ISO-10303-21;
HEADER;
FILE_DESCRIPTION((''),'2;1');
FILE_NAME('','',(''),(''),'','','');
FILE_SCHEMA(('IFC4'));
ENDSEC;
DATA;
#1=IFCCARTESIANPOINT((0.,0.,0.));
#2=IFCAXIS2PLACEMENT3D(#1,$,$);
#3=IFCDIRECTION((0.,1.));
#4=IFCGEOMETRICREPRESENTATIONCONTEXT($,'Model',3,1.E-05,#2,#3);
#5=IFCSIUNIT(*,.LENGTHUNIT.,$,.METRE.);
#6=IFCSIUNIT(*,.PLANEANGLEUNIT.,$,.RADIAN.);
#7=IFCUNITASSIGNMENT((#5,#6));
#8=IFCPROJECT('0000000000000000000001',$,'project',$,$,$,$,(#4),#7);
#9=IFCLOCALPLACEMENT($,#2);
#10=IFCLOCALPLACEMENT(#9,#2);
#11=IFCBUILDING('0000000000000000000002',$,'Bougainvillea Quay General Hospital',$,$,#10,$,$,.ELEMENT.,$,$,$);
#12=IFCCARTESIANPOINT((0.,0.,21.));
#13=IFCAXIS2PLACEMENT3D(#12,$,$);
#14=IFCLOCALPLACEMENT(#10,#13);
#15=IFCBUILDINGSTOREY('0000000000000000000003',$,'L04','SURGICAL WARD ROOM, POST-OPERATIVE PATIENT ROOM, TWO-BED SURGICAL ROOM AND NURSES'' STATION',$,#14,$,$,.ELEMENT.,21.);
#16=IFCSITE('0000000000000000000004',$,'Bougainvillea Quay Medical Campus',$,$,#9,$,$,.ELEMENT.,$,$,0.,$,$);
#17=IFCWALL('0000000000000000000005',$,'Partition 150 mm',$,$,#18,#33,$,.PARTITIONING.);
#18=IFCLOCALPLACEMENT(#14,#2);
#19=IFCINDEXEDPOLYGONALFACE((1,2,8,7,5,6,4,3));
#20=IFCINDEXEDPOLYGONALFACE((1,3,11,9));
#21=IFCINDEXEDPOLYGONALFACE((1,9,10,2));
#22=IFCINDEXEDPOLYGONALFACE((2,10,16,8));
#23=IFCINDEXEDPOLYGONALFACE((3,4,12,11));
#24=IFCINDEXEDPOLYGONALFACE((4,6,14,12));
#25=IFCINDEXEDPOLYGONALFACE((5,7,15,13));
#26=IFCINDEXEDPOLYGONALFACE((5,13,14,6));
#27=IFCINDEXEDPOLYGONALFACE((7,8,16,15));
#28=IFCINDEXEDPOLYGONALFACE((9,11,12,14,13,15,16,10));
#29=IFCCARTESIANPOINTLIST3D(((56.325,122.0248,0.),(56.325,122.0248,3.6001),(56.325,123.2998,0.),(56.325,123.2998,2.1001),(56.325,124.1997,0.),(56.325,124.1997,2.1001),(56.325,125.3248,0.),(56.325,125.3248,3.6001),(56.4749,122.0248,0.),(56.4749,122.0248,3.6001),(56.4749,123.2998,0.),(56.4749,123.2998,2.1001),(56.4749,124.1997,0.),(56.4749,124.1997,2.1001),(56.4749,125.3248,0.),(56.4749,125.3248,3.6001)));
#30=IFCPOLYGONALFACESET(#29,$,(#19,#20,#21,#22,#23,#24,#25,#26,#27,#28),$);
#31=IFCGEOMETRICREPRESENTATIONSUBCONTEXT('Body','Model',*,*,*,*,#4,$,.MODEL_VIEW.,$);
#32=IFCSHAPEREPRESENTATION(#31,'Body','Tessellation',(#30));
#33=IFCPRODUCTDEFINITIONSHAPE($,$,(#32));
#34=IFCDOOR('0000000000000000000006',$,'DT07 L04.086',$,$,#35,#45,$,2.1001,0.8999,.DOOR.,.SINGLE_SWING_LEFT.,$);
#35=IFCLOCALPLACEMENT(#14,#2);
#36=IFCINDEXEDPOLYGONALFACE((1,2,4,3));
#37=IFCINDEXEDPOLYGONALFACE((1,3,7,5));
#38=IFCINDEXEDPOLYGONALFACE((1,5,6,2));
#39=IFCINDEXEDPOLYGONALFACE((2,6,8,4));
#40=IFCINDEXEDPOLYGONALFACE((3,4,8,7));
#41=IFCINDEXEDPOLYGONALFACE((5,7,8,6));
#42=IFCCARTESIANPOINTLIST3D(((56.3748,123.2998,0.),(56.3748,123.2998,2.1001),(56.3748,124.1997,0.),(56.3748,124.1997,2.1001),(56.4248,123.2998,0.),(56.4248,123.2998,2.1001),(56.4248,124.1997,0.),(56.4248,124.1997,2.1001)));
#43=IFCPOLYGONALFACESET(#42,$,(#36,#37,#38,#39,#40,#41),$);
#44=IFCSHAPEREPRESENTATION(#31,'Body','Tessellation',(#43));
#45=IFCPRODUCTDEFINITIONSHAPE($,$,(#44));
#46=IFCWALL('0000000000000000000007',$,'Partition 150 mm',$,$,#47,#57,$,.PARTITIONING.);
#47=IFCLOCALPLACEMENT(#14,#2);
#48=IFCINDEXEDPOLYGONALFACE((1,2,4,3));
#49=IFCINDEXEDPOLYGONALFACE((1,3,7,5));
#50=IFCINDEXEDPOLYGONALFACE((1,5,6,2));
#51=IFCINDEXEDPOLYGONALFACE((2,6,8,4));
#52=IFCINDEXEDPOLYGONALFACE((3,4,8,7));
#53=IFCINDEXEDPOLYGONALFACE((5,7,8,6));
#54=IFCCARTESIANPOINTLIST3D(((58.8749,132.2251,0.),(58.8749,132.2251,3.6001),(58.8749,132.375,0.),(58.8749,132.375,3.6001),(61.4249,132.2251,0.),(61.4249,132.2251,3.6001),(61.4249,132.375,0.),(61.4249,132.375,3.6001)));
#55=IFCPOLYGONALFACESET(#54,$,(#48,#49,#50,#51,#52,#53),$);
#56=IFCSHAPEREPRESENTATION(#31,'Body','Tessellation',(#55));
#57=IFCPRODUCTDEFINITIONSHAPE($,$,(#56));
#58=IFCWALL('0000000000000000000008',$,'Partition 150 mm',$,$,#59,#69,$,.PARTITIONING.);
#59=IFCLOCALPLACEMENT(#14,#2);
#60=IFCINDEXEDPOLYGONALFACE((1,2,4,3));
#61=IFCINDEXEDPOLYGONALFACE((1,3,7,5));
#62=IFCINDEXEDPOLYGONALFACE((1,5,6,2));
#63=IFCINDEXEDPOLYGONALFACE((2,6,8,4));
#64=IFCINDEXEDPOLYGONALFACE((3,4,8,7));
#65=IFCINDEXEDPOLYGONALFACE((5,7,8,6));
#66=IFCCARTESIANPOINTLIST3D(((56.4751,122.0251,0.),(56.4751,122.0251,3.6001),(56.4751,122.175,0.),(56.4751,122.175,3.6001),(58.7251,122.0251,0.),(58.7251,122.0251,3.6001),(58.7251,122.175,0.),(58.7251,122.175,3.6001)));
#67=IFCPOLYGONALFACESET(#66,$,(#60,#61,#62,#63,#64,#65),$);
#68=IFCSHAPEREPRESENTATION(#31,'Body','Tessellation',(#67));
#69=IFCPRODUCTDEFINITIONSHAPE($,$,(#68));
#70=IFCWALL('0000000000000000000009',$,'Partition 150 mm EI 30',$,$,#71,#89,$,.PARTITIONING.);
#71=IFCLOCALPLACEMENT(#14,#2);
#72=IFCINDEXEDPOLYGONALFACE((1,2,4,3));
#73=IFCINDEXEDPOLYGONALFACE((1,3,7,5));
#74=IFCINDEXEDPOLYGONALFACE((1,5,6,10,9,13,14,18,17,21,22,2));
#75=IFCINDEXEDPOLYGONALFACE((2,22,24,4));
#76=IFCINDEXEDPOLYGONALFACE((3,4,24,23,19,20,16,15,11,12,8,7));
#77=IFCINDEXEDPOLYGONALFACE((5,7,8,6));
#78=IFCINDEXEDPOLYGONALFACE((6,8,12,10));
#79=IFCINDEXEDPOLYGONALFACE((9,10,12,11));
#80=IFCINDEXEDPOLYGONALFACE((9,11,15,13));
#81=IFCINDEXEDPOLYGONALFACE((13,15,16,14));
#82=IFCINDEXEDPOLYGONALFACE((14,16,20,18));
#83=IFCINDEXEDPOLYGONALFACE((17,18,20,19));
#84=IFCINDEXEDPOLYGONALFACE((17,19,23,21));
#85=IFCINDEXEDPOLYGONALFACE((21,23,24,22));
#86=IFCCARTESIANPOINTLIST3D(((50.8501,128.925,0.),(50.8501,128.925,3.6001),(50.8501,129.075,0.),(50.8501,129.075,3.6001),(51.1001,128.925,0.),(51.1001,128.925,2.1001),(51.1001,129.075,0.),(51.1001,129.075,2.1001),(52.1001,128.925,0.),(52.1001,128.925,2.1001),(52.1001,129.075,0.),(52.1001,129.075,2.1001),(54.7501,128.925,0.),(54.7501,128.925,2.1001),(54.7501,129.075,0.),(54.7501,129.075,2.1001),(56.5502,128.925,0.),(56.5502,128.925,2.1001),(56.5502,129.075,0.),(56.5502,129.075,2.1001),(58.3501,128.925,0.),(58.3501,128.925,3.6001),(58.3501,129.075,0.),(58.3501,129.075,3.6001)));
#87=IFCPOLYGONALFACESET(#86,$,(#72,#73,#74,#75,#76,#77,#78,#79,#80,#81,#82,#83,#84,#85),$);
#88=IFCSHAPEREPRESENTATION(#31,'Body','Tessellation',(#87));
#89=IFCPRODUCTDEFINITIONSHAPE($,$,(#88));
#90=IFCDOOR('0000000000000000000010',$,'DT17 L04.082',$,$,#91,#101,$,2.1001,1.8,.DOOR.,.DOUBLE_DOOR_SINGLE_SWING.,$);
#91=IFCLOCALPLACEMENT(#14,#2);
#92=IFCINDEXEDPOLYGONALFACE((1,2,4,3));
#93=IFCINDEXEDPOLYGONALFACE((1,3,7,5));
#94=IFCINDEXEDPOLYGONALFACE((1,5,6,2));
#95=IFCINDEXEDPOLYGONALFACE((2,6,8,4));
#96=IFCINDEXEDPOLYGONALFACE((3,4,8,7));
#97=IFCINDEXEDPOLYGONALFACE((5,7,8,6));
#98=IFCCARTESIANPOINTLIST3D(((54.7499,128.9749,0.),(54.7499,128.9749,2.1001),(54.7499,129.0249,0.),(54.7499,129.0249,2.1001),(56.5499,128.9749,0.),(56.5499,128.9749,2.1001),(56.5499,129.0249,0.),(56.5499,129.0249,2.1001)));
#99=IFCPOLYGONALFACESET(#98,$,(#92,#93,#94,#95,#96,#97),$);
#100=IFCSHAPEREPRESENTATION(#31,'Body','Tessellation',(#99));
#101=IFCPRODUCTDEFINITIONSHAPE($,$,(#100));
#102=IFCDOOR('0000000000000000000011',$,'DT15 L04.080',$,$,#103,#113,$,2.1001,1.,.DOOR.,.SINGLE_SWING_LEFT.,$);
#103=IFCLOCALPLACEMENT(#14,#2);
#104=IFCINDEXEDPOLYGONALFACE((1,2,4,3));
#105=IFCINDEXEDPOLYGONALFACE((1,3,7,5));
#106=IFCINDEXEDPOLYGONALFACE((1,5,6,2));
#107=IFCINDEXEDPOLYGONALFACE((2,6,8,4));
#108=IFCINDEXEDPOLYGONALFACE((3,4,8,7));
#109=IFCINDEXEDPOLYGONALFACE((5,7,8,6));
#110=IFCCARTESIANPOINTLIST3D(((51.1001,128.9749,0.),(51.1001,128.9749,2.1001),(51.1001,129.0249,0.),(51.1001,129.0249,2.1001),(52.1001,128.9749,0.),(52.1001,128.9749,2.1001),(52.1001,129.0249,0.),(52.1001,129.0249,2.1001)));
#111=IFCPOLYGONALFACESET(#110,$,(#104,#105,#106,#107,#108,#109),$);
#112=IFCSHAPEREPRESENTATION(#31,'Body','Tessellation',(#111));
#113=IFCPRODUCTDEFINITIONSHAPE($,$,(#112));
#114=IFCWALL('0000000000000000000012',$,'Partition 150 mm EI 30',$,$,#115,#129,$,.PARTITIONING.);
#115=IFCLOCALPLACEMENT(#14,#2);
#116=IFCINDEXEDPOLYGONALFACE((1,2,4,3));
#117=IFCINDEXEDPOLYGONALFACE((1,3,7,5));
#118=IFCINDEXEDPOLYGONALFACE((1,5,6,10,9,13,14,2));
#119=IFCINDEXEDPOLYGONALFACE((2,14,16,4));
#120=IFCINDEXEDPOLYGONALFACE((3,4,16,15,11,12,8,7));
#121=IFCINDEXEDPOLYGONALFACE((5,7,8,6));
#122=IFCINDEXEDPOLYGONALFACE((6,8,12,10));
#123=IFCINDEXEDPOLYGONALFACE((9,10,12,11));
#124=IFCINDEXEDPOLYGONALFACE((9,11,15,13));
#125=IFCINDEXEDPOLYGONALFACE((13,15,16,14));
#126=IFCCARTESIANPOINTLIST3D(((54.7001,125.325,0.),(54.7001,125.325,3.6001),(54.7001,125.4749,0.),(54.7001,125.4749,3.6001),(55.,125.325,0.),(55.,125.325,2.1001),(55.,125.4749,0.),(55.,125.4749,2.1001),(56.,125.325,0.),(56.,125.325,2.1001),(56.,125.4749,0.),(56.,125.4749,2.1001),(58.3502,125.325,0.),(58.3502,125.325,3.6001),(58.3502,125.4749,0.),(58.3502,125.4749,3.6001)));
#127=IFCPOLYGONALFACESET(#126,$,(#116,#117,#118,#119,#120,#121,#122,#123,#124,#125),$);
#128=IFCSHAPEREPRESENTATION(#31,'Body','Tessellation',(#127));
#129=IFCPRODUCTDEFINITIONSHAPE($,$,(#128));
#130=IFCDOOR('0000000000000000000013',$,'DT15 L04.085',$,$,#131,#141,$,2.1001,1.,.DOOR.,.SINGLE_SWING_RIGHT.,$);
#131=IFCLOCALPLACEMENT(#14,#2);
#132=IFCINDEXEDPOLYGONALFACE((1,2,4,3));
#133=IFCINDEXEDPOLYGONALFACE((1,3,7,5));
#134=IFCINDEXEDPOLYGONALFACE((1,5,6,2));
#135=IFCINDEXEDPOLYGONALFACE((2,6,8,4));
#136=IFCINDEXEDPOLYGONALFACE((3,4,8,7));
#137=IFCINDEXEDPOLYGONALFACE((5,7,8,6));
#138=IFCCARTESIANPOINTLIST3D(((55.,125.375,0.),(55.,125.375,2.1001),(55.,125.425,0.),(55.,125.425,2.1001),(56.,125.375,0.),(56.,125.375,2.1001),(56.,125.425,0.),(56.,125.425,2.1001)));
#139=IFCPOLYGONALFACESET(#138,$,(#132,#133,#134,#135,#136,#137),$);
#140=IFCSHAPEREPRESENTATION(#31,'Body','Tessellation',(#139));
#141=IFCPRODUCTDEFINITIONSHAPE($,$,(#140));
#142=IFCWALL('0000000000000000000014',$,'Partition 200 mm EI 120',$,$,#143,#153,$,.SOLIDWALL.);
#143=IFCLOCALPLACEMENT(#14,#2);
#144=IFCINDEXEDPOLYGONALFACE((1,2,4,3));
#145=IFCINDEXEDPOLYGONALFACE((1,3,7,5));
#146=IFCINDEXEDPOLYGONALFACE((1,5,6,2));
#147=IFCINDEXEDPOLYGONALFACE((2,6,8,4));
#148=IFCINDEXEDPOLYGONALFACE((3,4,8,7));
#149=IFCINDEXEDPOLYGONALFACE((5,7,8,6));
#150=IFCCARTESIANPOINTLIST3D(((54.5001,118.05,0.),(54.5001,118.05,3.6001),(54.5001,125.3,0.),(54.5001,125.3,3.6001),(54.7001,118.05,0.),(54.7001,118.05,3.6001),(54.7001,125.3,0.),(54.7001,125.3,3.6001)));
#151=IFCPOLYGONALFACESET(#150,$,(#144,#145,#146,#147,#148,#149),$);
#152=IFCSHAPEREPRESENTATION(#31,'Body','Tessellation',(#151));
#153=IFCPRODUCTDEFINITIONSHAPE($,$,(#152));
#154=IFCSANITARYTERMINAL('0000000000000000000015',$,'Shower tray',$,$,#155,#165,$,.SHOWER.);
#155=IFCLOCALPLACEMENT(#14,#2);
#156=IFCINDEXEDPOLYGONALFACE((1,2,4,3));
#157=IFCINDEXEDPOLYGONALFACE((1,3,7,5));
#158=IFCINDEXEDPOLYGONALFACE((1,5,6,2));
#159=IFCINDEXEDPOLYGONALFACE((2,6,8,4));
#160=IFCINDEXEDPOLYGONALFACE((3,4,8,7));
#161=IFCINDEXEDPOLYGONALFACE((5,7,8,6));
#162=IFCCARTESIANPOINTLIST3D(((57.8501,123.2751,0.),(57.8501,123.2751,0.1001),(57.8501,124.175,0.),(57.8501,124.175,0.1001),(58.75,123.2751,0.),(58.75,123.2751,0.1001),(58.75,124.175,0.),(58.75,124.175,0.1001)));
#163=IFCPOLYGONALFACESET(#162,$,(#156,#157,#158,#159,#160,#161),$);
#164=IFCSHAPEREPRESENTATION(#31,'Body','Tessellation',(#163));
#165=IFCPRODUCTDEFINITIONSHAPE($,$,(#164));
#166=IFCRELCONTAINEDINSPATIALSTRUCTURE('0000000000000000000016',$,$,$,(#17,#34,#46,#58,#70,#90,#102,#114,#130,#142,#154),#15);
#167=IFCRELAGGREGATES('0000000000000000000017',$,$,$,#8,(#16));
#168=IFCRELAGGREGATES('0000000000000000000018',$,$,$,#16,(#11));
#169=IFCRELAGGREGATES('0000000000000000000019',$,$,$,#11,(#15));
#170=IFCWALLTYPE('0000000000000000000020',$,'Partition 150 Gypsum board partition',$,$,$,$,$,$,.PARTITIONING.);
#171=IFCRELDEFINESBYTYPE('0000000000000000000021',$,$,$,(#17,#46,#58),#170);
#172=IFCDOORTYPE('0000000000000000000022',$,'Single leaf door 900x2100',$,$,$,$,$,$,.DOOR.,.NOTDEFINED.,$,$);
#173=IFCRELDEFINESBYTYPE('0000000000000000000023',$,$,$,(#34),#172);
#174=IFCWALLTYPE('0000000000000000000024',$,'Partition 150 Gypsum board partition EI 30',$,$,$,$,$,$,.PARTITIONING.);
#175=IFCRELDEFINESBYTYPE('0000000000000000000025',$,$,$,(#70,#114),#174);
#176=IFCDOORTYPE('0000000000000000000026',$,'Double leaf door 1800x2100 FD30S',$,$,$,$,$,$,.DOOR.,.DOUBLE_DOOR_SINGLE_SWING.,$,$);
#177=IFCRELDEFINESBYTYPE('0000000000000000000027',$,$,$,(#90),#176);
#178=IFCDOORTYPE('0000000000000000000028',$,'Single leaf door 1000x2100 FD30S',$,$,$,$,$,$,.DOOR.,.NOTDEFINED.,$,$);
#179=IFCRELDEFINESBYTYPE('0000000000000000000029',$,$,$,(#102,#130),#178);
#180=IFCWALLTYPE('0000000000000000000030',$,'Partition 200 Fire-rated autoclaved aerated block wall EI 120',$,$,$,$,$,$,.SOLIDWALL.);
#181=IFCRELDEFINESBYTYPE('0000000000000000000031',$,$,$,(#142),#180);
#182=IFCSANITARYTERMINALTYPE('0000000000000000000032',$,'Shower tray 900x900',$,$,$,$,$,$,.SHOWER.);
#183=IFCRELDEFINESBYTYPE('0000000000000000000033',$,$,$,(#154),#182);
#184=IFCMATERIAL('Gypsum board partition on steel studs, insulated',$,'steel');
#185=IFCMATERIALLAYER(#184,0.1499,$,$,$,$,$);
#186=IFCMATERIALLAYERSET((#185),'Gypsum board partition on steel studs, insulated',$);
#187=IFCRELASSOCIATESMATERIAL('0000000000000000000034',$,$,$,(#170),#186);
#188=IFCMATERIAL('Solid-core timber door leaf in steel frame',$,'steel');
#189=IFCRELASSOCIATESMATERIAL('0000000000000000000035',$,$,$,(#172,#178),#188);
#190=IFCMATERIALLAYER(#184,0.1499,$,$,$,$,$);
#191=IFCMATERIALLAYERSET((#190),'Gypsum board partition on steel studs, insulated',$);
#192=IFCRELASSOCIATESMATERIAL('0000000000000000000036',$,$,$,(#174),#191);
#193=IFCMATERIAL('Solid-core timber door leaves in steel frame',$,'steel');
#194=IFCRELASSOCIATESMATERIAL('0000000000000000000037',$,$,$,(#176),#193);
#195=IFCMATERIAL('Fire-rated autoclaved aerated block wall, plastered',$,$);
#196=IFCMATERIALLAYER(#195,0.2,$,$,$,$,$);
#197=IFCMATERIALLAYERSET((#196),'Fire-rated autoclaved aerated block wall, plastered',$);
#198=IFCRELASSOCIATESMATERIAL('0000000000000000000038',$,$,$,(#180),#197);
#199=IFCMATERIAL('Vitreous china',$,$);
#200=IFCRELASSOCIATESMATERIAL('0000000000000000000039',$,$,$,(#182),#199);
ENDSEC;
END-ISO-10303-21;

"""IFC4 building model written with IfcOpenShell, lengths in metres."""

from ifc_helpers import new_model, si_unit, direction, frame, frame_2d, origin, origin_2d, place, context, subcontext, project, spatial, rectangle, extrude, material, layer, layer_set, type_object, element, fill, save


model = new_model("IFC4")

# Units and contexts
model_context = context("Model", 3, precision=1e-05, world=origin(), true_north=direction((0.0, 1.0)))
body_context = subcontext(model_context, "Body", "Model", "MODEL_VIEW")
ifc_project = project(units=[si_unit("LENGTHUNIT", "METRE"), si_unit("PLANEANGLEUNIT", "RADIAN")], contexts=[model_context])

# Site, building, storey
site_placement = place(None, origin())
site = spatial("IfcSite", under=ifc_project, at=site_placement, Name="Bougainvillea Quay Medical Campus", CompositionType="ELEMENT", RefElevation=0.0)
building_placement = place(site_placement, origin())
building = spatial("IfcBuilding", under=site, at=building_placement, Name="Bougainvillea Quay General Hospital", CompositionType="ELEMENT")
storey_placement = place(building_placement, frame((0.0, 0.0, 21.0)))
storey = spatial("IfcBuildingStorey", under=building, at=storey_placement, Name="L04", Description="SURGICAL WARD ROOM, POST-OPERATIVE PATIENT ROOM, TWO-BED SURGICAL ROOM AND NURSES' STATION", CompositionType="ELEMENT", Elevation=21.0)

# Shared definitions
ifc_material_1 = material(Name="Gypsum board partition on steel studs, insulated", Category="steel")
ifc_layer_1 = layer(ifc_material_1, 0.1499)
ifc_layer_set_1 = layer_set([ifc_layer_1], Name="Gypsum board partition on steel studs, insulated")
wall_type_1 = type_object("IfcWallType", Name="Partition 150 Gypsum board partition", PredefinedType="PARTITIONING", material=ifc_layer_set_1)

# Wall, opening, door
wall_1_placement = place(storey_placement, frame((56.3999, 122.0249, 0.0), z_axis=(0.0, 0.0, 1.0), x_axis=(0.0, 1.0, 0.0)))
wall_1 = element("IfcWall", 1, at=wall_1_placement, inside=storey, type_object=wall_type_1, Name="Partition 150 mm", PredefinedType="PARTITIONING", context=body_context, shape_type="SweptSolid", body=[
    extrude(rectangle(XDim=3.3, YDim=0.1499, at=frame_2d((1.6499, 0.0))), origin(), (0.0, 0.0, 1.0), 3.6001),
])
opening_1_placement = place(wall_1_placement, frame((1.2749, 0.0, 0.0)))
opening_1 = element("IfcOpeningElement", 2, at=opening_1_placement, cuts=wall_1, PredefinedType="OPENING", context=body_context, shape_type="SweptSolid", body=[
    extrude(rectangle(XDim=0.8999, YDim=2.1001, at=frame_2d((0.45, 1.05))), frame((0.0, 0.085, 0.0), z_axis=(0.0, -1.0, 0.0), x_axis=(1.0, 0.0, 0.0)), (0.0, 0.0, 1.0), 0.1699),
])
ifc_material_2 = material(Name="Solid-core timber door leaf in steel frame", Category="steel")
door_type_1 = type_object("IfcDoorType", Name="Single leaf door 900x2100", OperationType="NOTDEFINED", PredefinedType="DOOR", material=ifc_material_2)
door_1_placement = place(opening_1_placement, frame((0.8999, 0.0, 0.0), z_axis=(0.0, 0.0, 1.0), x_axis=(-1.0, 0.0, 0.0)))
door_1 = element("IfcDoor", 3, at=door_1_placement, inside=storey, type_object=door_type_1, Name="DT07 L04.086", OperationType="SINGLE_SWING_LEFT", OverallHeight=2.1001, OverallWidth=0.8999, PredefinedType="DOOR", context=body_context, shape_type="SweptSolid", body=[
    extrude(rectangle(XDim=0.8999, YDim=2.1001, at=frame_2d((0.45, 1.05))), frame((0.0, 0.0249, 0.0), z_axis=(0.0, -1.0, 0.0), x_axis=(1.0, 0.0, 0.0)), (0.0, 0.0, 1.0), 0.05),
])
fill(opening_1, door_1)

# Walls
wall_2_placement = place(storey_placement, frame((58.875, 132.3, 0.0), z_axis=(0.0, 0.0, 1.0), x_axis=(1.0, 0.0, 0.0)))
element("IfcWall", 4, at=wall_2_placement, inside=storey, type_object=wall_type_1, Name="Partition 150 mm", PredefinedType="PARTITIONING", context=body_context, shape_type="SweptSolid", body=[
    extrude(rectangle(XDim=2.55, YDim=0.1499, at=frame_2d((1.2749, 0.0))), origin(), (0.0, 0.0, 1.0), 3.6001),
])
wall_3_placement = place(storey_placement, frame((56.4751, 122.1001, 0.0), z_axis=(0.0, 0.0, 1.0), x_axis=(1.0, 0.0, 0.0)))
element("IfcWall", 5, at=wall_3_placement, inside=storey, type_object=wall_type_1, Name="Partition 150 mm", PredefinedType="PARTITIONING", context=body_context, shape_type="SweptSolid", body=[
    extrude(rectangle(XDim=2.25, YDim=0.1499, at=frame_2d((1.125, 0.0))), origin(), (0.0, 0.0, 1.0), 3.6001),
])

# Wall, openings, doors
ifc_layer_2 = layer(ifc_material_1, 0.1499)
ifc_layer_set_2 = layer_set([ifc_layer_2], Name="Gypsum board partition on steel studs, insulated")
wall_type_2 = type_object("IfcWallType", Name="Partition 150 Gypsum board partition EI 30", PredefinedType="PARTITIONING", material=ifc_layer_set_2)
wall_4_placement = place(storey_placement, frame((58.3501, 129.0, 0.0), z_axis=(0.0, 0.0, 1.0), x_axis=(-1.0, 0.0, 0.0)))
wall_4 = element("IfcWall", 6, at=wall_4_placement, inside=storey, type_object=wall_type_2, Name="Partition 150 mm EI 30", PredefinedType="PARTITIONING", context=body_context, shape_type="SweptSolid", body=[
    extrude(rectangle(XDim=7.5, YDim=0.1499, at=frame_2d((3.75, 0.0))), origin(), (0.0, 0.0, 1.0), 3.6001),
])
opening_2_placement = place(wall_4_placement, frame((6.25, 0.0, 0.0)))
opening_2 = element("IfcOpeningElement", 7, at=opening_2_placement, cuts=wall_4, PredefinedType="OPENING", context=body_context, shape_type="SweptSolid", body=[
    extrude(rectangle(XDim=1.0, YDim=2.1001, at=frame_2d((0.5, 1.05))), frame((0.0, 0.085, 0.0), z_axis=(0.0, -1.0, 0.0), x_axis=(1.0, 0.0, 0.0)), (0.0, 0.0, 1.0), 0.1699),
])
opening_3_placement = place(wall_4_placement, frame((1.8, 0.0, 0.0)))
opening_3 = element("IfcOpeningElement", 8, at=opening_3_placement, cuts=wall_4, PredefinedType="OPENING", context=body_context, shape_type="SweptSolid", body=[
    extrude(rectangle(XDim=1.8, YDim=2.1001, at=frame_2d((0.8999, 1.05))), frame((0.0, 0.085, 0.0), z_axis=(0.0, -1.0, 0.0), x_axis=(1.0, 0.0, 0.0)), (0.0, 0.0, 1.0), 0.1699),
])
ifc_material_3 = material(Name="Solid-core timber door leaves in steel frame", Category="steel")
door_type_2 = type_object("IfcDoorType", Name="Double leaf door 1800x2100 FD30S", OperationType="DOUBLE_DOOR_SINGLE_SWING", PredefinedType="DOOR", material=ifc_material_3)
door_2_placement = place(opening_3_placement, frame((1.8, 0.0, 0.0), z_axis=(0.0, 0.0, 1.0), x_axis=(-1.0, 0.0, 0.0)))
door_2 = element("IfcDoor", 9, at=door_2_placement, inside=storey, type_object=door_type_2, Name="DT17 L04.082", OperationType="DOUBLE_DOOR_SINGLE_SWING", OverallHeight=2.1001, OverallWidth=1.8, PredefinedType="DOOR", context=body_context, shape_type="SweptSolid", body=[
    extrude(rectangle(XDim=1.8, YDim=2.1001, at=frame_2d((0.8999, 1.05))), frame((0.0, 0.0249, 0.0), z_axis=(0.0, -1.0, 0.0), x_axis=(1.0, 0.0, 0.0)), (0.0, 0.0, 1.0), 0.05),
])
fill(opening_3, door_2)
door_type_3 = type_object("IfcDoorType", Name="Single leaf door 1000x2100 FD30S", OperationType="NOTDEFINED", PredefinedType="DOOR", material=ifc_material_2)
door_3_placement = place(opening_2_placement, frame((1.0, 0.0, 0.0), z_axis=(0.0, 0.0, 1.0), x_axis=(-1.0, 0.0, 0.0)))
door_3 = element("IfcDoor", 10, at=door_3_placement, inside=storey, type_object=door_type_3, Name="DT15 L04.080", OperationType="SINGLE_SWING_LEFT", OverallHeight=2.1001, OverallWidth=1.0, PredefinedType="DOOR", context=body_context, shape_type="SweptSolid", body=[
    extrude(rectangle(XDim=1.0, YDim=2.1001, at=frame_2d((0.5, 1.05))), frame((0.0, 0.0249, 0.0), z_axis=(0.0, -1.0, 0.0), x_axis=(1.0, 0.0, 0.0)), (0.0, 0.0, 1.0), 0.05),
])
fill(opening_2, door_3)

# Wall, opening, door
wall_5_placement = place(storey_placement, frame((54.7, 125.3999, 0.0), z_axis=(0.0, 0.0, 1.0), x_axis=(1.0, 0.0, 0.0)))
wall_5 = element("IfcWall", 11, at=wall_5_placement, inside=storey, type_object=wall_type_2, Name="Partition 150 mm EI 30", PredefinedType="PARTITIONING", context=body_context, shape_type="SweptSolid", body=[
    extrude(rectangle(XDim=3.6501, YDim=0.1499, at=frame_2d((1.8252, 0.0))), origin(), (0.0, 0.0, 1.0), 3.6001),
])
opening_4_placement = place(wall_5_placement, frame((0.3, 0.0, 0.0)))
opening_4 = element("IfcOpeningElement", 12, at=opening_4_placement, cuts=wall_5, PredefinedType="OPENING", context=body_context, shape_type="SweptSolid", body=[
    extrude(rectangle(XDim=1.0, YDim=2.1001, at=frame_2d((0.5, 1.05))), frame((0.0, 0.085, 0.0), z_axis=(0.0, -1.0, 0.0), x_axis=(1.0, 0.0, 0.0)), (0.0, 0.0, 1.0), 0.1699),
])
door_4_placement = place(opening_4_placement, frame((1.0, 0.0, 0.0), z_axis=(0.0, 0.0, 1.0), x_axis=(-1.0, 0.0, 0.0)))
door_4 = element("IfcDoor", 13, at=door_4_placement, inside=storey, type_object=door_type_3, Name="DT15 L04.085", OperationType="SINGLE_SWING_RIGHT", OverallHeight=2.1001, OverallWidth=1.0, PredefinedType="DOOR", context=body_context, shape_type="SweptSolid", body=[
    extrude(rectangle(XDim=1.0, YDim=2.1001, at=frame_2d((0.5, 1.05))), frame((0.0, 0.0249, 0.0), z_axis=(0.0, -1.0, 0.0), x_axis=(1.0, 0.0, 0.0)), (0.0, 0.0, 1.0), 0.05),
])
fill(opening_4, door_4)

# Wall
ifc_material_4 = material(Name="Fire-rated autoclaved aerated block wall, plastered")
ifc_layer_3 = layer(ifc_material_4, 0.2)
ifc_layer_set_3 = layer_set([ifc_layer_3], Name="Fire-rated autoclaved aerated block wall, plastered")
wall_type_3 = type_object("IfcWallType", Name="Partition 200 Fire-rated autoclaved aerated block wall EI 120", PredefinedType="SOLIDWALL", material=ifc_layer_set_3)
wall_6_placement = place(storey_placement, frame((54.6001, 118.05, 0.0), z_axis=(0.0, 0.0, 1.0), x_axis=(0.0, 1.0, 0.0)))
element("IfcWall", 14, at=wall_6_placement, inside=storey, type_object=wall_type_3, Name="Partition 200 mm EI 120", PredefinedType="SOLIDWALL", context=body_context, shape_type="SweptSolid", body=[
    extrude(rectangle(XDim=7.25, YDim=0.2, at=frame_2d((3.625, 0.0))), origin(), (0.0, 0.0, 1.0), 3.6001),
])

# Sanitary terminal
ifc_material_5 = material(Name="Vitreous china")
sanitary_terminal_type_1 = type_object("IfcSanitaryTerminalType", Name="Shower tray 900x900", PredefinedType="SHOWER", material=ifc_material_5)
sanitary_terminal_placement = place(storey_placement, frame((58.3, 123.7251, 0.0), z_axis=(0.0, 0.0, 1.0), x_axis=(0.0, -1.0, 0.0)))
element("IfcSanitaryTerminal", 15, at=sanitary_terminal_placement, inside=storey, type_object=sanitary_terminal_type_1, Name="Shower tray", PredefinedType="SHOWER", context=body_context, shape_type="SweptSolid", body=[
    extrude(rectangle(XDim=0.8999, YDim=0.8999, at=origin_2d()), origin(), (0.0, 0.0, 1.0), 0.1001),
])

save(model, "model.ifc")
